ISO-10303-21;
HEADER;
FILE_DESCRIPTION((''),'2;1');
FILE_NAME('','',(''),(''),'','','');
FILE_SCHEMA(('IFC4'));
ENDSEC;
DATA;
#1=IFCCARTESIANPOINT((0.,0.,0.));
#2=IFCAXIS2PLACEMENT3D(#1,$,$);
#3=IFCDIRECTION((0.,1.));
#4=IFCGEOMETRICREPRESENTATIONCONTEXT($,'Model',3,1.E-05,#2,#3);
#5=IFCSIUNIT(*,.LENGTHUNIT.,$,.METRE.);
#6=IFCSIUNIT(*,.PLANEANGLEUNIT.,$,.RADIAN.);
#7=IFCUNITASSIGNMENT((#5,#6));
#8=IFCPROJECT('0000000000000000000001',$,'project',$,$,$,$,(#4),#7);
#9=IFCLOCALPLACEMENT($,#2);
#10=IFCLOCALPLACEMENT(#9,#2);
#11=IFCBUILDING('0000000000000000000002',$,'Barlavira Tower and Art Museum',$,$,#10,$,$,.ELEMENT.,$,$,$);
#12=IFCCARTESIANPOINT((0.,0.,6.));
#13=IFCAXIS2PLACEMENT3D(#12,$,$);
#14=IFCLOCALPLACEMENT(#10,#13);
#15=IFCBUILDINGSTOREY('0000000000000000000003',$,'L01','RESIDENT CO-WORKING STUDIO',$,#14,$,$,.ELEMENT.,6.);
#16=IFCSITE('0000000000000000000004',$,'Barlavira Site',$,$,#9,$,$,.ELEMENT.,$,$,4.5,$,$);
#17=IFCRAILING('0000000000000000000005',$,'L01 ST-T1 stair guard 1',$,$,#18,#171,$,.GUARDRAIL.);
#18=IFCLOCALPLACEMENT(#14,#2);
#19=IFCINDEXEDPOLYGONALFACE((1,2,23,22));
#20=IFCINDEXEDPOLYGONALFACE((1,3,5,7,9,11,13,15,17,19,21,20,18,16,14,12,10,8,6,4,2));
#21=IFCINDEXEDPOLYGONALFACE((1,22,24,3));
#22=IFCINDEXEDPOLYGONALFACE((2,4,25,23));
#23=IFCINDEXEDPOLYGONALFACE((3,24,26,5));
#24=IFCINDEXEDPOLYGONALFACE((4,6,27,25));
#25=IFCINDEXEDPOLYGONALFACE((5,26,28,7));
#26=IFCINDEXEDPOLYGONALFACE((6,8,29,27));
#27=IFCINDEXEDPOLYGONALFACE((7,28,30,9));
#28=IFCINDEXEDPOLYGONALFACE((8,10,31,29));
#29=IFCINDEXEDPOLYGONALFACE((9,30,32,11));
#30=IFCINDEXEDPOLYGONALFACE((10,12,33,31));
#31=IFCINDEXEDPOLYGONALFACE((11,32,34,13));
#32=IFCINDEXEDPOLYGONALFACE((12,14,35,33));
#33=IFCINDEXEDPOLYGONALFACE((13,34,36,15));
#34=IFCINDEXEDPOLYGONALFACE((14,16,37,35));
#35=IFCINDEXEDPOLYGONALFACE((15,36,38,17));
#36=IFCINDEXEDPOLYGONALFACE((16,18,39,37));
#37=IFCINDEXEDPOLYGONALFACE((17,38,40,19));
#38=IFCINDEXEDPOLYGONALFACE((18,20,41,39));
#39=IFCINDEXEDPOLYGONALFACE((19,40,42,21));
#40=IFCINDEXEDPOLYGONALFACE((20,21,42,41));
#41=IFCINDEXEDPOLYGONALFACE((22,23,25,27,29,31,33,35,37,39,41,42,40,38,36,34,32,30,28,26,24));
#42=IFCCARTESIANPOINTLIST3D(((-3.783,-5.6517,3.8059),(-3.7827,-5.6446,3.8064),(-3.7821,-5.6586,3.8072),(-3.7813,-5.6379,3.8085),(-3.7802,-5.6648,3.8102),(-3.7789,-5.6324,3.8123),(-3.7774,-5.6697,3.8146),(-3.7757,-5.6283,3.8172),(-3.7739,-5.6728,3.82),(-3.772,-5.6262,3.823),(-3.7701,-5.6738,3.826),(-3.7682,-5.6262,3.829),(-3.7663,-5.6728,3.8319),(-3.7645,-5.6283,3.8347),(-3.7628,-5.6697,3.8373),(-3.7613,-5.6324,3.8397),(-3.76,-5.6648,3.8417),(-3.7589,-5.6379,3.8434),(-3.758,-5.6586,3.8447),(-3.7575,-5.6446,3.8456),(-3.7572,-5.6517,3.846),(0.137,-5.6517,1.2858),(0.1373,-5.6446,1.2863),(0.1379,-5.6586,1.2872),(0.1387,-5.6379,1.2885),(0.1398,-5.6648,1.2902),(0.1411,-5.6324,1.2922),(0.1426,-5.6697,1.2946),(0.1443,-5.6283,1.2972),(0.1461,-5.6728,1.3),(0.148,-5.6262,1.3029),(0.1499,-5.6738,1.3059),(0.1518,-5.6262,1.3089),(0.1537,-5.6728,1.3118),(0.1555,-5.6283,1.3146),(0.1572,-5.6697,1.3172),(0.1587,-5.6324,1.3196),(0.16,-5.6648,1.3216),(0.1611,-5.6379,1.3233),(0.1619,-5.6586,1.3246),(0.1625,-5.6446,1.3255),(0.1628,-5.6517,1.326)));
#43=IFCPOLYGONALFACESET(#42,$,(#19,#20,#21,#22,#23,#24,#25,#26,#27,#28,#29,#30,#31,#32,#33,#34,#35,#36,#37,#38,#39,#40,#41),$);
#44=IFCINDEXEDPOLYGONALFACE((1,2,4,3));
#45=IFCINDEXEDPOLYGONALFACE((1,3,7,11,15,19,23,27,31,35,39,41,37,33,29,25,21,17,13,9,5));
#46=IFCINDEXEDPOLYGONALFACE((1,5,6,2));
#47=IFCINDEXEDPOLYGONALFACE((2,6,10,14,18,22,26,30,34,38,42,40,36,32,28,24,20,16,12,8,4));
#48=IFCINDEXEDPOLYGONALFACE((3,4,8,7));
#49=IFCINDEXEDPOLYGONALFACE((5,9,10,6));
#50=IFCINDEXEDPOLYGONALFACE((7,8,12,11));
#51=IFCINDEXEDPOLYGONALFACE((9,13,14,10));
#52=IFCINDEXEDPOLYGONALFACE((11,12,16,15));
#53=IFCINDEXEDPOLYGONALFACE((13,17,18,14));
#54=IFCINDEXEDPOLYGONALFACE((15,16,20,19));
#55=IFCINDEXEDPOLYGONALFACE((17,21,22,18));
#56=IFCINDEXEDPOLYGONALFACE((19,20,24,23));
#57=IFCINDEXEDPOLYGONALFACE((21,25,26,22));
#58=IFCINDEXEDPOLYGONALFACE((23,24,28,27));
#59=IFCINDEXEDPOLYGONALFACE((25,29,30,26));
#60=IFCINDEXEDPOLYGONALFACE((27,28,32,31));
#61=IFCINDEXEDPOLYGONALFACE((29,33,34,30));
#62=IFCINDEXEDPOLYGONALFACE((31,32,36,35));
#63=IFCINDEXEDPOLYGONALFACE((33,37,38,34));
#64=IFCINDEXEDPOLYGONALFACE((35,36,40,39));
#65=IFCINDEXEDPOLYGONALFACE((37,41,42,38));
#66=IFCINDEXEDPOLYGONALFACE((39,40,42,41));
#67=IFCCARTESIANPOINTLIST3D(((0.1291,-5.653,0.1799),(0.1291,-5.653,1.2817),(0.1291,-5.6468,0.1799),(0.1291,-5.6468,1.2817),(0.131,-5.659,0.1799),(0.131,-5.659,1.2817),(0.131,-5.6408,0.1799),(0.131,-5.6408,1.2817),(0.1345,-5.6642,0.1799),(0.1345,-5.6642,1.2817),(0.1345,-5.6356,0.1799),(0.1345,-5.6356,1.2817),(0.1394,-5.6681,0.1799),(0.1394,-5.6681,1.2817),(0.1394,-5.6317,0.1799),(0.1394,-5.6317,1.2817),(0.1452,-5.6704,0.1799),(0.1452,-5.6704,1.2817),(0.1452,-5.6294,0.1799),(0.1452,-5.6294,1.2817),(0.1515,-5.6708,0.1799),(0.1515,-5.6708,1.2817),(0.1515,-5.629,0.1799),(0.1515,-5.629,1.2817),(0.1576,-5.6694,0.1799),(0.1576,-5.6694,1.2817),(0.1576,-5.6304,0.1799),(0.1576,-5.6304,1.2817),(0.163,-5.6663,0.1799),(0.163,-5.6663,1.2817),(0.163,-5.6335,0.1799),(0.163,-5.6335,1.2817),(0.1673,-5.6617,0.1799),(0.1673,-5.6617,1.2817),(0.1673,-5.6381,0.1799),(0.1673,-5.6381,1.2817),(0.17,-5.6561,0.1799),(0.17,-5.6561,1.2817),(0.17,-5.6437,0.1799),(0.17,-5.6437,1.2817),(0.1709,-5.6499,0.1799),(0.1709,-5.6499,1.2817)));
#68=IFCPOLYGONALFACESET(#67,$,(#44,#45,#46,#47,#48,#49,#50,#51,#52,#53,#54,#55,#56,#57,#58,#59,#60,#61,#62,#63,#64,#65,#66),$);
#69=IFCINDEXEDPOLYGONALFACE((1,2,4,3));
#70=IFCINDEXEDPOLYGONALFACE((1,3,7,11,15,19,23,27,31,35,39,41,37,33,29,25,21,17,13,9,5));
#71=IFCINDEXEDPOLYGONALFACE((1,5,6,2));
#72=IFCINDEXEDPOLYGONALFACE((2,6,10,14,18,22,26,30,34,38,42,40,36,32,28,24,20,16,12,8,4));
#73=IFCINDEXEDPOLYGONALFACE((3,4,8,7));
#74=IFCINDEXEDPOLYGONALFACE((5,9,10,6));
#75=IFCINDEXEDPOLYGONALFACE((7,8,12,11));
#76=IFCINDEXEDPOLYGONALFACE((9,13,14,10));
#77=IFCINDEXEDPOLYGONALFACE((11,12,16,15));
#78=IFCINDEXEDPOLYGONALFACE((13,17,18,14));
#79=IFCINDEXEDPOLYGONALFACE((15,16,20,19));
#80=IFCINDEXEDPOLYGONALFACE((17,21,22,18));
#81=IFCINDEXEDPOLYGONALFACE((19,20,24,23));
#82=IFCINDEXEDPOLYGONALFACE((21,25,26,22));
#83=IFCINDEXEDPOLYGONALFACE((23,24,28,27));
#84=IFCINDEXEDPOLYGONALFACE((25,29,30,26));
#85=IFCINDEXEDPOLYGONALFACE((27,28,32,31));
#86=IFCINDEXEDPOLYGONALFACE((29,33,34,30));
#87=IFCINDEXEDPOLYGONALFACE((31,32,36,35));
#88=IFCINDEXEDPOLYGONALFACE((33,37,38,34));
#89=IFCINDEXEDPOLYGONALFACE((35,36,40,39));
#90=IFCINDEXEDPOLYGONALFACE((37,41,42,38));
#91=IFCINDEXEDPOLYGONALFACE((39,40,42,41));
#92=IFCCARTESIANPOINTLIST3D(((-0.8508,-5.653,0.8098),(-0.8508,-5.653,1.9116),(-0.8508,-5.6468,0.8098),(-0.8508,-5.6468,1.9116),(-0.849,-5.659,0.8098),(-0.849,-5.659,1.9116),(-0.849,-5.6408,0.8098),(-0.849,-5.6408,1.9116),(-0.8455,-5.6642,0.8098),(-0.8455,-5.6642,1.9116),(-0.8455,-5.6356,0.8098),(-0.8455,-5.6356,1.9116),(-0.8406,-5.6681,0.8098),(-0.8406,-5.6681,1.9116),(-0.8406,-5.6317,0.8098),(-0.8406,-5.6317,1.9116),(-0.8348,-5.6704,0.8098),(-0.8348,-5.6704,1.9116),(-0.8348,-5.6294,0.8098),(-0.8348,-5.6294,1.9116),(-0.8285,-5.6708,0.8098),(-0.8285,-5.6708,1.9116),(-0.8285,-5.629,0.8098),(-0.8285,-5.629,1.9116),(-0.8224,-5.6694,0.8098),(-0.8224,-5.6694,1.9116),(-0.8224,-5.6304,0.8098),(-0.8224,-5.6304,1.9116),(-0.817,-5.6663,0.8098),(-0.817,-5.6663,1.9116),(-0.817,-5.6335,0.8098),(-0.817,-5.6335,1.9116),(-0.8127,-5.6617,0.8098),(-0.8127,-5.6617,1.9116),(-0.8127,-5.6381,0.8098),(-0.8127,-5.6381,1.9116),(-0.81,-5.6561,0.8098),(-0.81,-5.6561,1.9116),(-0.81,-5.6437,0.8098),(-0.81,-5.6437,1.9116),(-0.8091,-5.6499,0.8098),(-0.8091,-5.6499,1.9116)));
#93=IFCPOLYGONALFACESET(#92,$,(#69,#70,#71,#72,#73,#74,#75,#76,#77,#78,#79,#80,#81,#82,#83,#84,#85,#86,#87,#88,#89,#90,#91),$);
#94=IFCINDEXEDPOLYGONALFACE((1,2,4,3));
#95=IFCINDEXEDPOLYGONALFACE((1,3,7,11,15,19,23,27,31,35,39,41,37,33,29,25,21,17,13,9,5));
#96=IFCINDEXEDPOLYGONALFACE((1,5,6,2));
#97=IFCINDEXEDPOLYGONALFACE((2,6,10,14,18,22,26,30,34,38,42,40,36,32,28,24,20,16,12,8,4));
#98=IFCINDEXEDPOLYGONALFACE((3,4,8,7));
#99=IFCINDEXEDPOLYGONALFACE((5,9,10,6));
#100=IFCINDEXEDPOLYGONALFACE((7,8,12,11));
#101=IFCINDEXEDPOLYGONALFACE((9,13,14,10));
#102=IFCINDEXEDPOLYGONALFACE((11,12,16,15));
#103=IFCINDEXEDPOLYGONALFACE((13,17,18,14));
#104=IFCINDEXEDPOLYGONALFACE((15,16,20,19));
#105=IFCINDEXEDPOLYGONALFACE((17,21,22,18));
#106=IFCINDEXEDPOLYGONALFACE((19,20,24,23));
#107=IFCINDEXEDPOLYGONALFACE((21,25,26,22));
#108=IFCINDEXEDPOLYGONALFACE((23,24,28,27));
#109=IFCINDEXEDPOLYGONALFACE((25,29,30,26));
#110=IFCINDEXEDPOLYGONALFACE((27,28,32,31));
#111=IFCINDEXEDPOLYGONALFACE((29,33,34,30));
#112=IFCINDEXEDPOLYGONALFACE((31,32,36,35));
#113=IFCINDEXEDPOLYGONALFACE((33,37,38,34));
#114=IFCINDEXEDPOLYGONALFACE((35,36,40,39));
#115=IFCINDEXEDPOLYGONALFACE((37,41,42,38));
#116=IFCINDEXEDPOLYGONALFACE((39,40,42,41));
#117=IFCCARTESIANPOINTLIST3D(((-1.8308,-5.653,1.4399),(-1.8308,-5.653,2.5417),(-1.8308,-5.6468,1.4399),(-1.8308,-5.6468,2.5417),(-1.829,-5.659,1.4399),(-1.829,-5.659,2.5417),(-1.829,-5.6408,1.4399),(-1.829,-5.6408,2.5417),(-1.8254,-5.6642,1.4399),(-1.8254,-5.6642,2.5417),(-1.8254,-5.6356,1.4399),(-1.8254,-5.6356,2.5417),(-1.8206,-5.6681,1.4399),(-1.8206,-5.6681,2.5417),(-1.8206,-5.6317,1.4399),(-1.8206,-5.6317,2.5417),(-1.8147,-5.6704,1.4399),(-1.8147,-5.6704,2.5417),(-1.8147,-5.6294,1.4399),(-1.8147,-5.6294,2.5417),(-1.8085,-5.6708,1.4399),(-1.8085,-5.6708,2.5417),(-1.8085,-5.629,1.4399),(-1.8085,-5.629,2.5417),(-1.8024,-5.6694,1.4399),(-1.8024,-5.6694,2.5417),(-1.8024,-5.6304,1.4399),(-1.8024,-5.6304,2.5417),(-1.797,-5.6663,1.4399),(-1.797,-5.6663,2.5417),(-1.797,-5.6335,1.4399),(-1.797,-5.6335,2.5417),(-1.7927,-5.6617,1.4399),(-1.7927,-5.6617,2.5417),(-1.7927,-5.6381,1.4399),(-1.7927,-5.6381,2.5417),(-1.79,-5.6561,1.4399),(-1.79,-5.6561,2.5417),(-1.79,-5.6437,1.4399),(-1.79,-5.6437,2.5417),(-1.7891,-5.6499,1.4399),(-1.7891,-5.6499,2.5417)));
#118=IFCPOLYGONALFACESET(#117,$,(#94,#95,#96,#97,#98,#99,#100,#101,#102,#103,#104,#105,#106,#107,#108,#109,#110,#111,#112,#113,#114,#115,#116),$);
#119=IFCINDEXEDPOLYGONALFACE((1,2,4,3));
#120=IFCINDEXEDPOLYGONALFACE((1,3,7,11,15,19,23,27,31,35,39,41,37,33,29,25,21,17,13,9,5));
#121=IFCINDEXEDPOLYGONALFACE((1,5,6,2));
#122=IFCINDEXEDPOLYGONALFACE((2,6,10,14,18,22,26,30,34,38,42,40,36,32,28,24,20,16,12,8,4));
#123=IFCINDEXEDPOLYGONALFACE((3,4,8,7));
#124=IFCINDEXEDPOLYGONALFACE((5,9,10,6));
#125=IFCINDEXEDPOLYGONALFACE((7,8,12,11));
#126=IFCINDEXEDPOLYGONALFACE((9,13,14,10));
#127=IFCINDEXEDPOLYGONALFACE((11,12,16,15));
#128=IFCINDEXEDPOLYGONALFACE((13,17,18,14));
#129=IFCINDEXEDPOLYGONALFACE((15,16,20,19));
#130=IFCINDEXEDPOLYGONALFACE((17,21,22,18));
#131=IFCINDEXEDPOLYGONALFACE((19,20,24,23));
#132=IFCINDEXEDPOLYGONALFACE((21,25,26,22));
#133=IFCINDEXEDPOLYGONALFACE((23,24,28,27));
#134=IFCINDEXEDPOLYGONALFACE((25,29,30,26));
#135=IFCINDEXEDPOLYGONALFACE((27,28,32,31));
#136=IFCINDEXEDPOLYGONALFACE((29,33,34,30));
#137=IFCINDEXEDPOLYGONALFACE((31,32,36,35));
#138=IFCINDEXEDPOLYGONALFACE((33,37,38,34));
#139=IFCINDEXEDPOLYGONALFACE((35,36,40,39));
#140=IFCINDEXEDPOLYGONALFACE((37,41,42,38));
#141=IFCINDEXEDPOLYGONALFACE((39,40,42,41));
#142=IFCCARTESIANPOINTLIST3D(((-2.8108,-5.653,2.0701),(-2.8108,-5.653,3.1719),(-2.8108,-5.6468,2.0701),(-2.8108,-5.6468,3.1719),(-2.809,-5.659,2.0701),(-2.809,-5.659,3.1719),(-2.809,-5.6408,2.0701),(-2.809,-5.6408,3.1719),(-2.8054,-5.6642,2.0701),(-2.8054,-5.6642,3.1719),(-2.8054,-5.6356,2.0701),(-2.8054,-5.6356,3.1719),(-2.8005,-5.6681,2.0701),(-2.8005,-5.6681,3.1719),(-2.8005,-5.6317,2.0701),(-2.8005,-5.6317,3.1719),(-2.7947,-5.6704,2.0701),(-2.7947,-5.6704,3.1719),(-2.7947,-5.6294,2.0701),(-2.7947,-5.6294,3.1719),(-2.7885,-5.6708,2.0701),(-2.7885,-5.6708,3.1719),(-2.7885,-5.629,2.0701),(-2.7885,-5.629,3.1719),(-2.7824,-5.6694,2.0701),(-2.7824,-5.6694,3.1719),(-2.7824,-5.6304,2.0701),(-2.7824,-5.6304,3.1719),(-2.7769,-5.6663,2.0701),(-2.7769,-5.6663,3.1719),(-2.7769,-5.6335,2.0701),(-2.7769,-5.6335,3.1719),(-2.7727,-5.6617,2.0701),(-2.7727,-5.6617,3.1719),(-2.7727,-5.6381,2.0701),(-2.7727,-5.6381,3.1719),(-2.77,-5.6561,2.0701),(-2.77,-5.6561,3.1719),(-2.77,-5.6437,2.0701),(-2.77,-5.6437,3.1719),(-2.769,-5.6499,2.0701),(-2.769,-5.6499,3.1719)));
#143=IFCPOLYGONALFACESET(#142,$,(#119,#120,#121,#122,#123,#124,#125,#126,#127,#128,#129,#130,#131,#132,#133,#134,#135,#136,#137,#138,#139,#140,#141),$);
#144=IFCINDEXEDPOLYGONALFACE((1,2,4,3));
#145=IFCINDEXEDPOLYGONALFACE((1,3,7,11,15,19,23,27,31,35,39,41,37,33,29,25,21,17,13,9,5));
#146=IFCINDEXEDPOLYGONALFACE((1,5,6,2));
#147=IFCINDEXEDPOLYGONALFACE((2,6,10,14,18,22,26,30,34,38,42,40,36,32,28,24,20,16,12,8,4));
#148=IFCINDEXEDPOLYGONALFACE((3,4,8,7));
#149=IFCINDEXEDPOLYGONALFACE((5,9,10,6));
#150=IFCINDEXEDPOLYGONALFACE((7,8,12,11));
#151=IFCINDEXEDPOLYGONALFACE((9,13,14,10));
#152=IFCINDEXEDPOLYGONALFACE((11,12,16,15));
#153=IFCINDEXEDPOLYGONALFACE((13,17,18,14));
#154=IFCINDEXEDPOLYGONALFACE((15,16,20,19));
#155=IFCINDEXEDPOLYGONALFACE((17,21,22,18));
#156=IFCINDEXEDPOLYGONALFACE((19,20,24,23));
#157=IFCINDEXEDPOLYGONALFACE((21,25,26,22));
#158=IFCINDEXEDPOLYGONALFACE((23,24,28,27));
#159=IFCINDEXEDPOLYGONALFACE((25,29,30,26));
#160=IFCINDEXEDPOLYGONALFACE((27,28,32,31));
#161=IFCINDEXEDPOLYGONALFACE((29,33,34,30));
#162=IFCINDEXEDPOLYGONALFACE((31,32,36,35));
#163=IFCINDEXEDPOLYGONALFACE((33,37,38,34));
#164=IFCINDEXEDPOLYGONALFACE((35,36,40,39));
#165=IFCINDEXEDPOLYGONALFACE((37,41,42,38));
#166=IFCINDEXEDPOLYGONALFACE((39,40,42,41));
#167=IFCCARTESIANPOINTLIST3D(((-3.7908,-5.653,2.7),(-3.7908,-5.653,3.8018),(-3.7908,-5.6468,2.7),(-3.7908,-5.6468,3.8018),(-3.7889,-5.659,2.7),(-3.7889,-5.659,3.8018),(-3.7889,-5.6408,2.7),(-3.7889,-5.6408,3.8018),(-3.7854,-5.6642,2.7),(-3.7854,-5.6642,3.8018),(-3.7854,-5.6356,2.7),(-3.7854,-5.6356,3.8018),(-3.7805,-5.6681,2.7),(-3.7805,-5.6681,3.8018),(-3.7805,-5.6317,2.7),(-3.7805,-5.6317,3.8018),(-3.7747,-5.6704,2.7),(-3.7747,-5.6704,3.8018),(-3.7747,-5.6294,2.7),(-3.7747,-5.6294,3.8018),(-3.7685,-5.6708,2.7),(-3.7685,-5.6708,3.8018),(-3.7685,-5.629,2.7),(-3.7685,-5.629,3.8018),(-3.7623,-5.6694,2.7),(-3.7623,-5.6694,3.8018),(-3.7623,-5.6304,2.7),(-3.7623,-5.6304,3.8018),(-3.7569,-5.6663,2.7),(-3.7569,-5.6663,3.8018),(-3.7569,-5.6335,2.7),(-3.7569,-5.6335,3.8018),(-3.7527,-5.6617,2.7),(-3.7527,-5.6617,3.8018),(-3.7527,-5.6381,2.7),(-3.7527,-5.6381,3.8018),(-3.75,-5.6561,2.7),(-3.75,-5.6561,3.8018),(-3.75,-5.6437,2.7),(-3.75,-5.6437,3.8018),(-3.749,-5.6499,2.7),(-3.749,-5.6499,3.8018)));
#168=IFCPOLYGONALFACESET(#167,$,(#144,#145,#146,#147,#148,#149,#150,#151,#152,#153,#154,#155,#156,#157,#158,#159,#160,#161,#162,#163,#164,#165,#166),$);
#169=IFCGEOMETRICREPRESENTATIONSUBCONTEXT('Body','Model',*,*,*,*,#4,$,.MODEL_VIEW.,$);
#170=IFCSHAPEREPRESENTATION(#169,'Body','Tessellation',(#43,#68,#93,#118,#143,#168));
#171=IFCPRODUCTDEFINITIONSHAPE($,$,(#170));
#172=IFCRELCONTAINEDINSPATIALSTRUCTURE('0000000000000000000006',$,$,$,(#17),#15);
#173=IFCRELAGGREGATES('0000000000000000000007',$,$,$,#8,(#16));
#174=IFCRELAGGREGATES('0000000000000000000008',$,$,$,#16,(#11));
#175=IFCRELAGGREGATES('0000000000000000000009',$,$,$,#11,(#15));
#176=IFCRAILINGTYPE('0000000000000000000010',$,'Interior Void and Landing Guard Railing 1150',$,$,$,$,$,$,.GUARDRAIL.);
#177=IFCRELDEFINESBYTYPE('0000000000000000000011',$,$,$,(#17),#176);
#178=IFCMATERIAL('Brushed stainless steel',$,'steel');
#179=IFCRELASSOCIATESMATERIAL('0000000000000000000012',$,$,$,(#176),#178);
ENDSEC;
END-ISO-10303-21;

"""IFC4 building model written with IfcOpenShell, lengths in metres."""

from ifc_helpers import new_model, si_unit, direction, frame, origin, origin_2d, place, context, subcontext, project, spatial, circle, extrude, material, type_object, element, save


model = new_model("IFC4")

# Units and contexts
model_context = context("Model", 3, precision=1e-05, world=origin(), true_north=direction((0.0, 1.0)))
body_context = subcontext(model_context, "Body", "Model", "MODEL_VIEW")
ifc_project = project(units=[si_unit("LENGTHUNIT", "METRE"), si_unit("PLANEANGLEUNIT", "RADIAN")], contexts=[model_context])

# Site, building, storey
site_placement = place(None, origin())
site = spatial("IfcSite", under=ifc_project, at=site_placement, Name="Barlavira Site", CompositionType="ELEMENT", RefElevation=4.5)
building_placement = place(site_placement, origin())
building = spatial("IfcBuilding", under=site, at=building_placement, Name="Barlavira Tower and Art Museum", CompositionType="ELEMENT")
storey_placement = place(building_placement, frame((0.0, 0.0, 6.0)))
storey = spatial("IfcBuildingStorey", under=building, at=storey_placement, Name="L01", Description="RESIDENT CO-WORKING STUDIO", CompositionType="ELEMENT", Elevation=6.0)

# Shared definitions
ifc_material_1 = material(Name="Brushed stainless steel", Category="steel")

# Railing
railing_type_1 = type_object("IfcRailingType", Name="Interior Void and Landing Guard Railing 1150", PredefinedType="GUARDRAIL", material=ifc_material_1)
railing_1_placement = place(storey_placement, frame((0.1499, -5.6499, 0.1799)))
element("IfcRailing", 1, at=railing_1_placement, inside=storey, type_object=railing_type_1, Name="L01 ST-T1 stair guard 1", PredefinedType="GUARDRAIL", context=body_context, shape_type="SweptSolid", body=[
    extrude(circle(Radius=0.0239, at=origin_2d()), frame((0.0, 0.0, 1.126), z_axis=(-0.841172, 0.0, 0.540768), x_axis=(0.0, -1.0, 0.0)), (0.0, 0.0, 1.0), 4.6602),
    extrude(circle(Radius=0.021, at=origin_2d()), origin(), (0.0, 0.0, 1.0), 1.1018),
    extrude(circle(Radius=0.021, at=origin_2d()), frame((-0.98, 0.0, 0.6299)), (0.0, 0.0, 1.0), 1.1018),
    extrude(circle(Radius=0.021, at=origin_2d()), frame((-1.96, 0.0, 1.26)), (0.0, 0.0, 1.0), 1.1018),
    extrude(circle(Radius=0.021, at=origin_2d()), frame((-2.9399, 0.0, 1.8901)), (0.0, 0.0, 1.0), 1.1018),
    extrude(circle(Radius=0.021, at=origin_2d()), frame((-3.9199, 0.0, 2.52)), (0.0, 0.0, 1.0), 1.1018),
])

save(model, "model.ifc")
